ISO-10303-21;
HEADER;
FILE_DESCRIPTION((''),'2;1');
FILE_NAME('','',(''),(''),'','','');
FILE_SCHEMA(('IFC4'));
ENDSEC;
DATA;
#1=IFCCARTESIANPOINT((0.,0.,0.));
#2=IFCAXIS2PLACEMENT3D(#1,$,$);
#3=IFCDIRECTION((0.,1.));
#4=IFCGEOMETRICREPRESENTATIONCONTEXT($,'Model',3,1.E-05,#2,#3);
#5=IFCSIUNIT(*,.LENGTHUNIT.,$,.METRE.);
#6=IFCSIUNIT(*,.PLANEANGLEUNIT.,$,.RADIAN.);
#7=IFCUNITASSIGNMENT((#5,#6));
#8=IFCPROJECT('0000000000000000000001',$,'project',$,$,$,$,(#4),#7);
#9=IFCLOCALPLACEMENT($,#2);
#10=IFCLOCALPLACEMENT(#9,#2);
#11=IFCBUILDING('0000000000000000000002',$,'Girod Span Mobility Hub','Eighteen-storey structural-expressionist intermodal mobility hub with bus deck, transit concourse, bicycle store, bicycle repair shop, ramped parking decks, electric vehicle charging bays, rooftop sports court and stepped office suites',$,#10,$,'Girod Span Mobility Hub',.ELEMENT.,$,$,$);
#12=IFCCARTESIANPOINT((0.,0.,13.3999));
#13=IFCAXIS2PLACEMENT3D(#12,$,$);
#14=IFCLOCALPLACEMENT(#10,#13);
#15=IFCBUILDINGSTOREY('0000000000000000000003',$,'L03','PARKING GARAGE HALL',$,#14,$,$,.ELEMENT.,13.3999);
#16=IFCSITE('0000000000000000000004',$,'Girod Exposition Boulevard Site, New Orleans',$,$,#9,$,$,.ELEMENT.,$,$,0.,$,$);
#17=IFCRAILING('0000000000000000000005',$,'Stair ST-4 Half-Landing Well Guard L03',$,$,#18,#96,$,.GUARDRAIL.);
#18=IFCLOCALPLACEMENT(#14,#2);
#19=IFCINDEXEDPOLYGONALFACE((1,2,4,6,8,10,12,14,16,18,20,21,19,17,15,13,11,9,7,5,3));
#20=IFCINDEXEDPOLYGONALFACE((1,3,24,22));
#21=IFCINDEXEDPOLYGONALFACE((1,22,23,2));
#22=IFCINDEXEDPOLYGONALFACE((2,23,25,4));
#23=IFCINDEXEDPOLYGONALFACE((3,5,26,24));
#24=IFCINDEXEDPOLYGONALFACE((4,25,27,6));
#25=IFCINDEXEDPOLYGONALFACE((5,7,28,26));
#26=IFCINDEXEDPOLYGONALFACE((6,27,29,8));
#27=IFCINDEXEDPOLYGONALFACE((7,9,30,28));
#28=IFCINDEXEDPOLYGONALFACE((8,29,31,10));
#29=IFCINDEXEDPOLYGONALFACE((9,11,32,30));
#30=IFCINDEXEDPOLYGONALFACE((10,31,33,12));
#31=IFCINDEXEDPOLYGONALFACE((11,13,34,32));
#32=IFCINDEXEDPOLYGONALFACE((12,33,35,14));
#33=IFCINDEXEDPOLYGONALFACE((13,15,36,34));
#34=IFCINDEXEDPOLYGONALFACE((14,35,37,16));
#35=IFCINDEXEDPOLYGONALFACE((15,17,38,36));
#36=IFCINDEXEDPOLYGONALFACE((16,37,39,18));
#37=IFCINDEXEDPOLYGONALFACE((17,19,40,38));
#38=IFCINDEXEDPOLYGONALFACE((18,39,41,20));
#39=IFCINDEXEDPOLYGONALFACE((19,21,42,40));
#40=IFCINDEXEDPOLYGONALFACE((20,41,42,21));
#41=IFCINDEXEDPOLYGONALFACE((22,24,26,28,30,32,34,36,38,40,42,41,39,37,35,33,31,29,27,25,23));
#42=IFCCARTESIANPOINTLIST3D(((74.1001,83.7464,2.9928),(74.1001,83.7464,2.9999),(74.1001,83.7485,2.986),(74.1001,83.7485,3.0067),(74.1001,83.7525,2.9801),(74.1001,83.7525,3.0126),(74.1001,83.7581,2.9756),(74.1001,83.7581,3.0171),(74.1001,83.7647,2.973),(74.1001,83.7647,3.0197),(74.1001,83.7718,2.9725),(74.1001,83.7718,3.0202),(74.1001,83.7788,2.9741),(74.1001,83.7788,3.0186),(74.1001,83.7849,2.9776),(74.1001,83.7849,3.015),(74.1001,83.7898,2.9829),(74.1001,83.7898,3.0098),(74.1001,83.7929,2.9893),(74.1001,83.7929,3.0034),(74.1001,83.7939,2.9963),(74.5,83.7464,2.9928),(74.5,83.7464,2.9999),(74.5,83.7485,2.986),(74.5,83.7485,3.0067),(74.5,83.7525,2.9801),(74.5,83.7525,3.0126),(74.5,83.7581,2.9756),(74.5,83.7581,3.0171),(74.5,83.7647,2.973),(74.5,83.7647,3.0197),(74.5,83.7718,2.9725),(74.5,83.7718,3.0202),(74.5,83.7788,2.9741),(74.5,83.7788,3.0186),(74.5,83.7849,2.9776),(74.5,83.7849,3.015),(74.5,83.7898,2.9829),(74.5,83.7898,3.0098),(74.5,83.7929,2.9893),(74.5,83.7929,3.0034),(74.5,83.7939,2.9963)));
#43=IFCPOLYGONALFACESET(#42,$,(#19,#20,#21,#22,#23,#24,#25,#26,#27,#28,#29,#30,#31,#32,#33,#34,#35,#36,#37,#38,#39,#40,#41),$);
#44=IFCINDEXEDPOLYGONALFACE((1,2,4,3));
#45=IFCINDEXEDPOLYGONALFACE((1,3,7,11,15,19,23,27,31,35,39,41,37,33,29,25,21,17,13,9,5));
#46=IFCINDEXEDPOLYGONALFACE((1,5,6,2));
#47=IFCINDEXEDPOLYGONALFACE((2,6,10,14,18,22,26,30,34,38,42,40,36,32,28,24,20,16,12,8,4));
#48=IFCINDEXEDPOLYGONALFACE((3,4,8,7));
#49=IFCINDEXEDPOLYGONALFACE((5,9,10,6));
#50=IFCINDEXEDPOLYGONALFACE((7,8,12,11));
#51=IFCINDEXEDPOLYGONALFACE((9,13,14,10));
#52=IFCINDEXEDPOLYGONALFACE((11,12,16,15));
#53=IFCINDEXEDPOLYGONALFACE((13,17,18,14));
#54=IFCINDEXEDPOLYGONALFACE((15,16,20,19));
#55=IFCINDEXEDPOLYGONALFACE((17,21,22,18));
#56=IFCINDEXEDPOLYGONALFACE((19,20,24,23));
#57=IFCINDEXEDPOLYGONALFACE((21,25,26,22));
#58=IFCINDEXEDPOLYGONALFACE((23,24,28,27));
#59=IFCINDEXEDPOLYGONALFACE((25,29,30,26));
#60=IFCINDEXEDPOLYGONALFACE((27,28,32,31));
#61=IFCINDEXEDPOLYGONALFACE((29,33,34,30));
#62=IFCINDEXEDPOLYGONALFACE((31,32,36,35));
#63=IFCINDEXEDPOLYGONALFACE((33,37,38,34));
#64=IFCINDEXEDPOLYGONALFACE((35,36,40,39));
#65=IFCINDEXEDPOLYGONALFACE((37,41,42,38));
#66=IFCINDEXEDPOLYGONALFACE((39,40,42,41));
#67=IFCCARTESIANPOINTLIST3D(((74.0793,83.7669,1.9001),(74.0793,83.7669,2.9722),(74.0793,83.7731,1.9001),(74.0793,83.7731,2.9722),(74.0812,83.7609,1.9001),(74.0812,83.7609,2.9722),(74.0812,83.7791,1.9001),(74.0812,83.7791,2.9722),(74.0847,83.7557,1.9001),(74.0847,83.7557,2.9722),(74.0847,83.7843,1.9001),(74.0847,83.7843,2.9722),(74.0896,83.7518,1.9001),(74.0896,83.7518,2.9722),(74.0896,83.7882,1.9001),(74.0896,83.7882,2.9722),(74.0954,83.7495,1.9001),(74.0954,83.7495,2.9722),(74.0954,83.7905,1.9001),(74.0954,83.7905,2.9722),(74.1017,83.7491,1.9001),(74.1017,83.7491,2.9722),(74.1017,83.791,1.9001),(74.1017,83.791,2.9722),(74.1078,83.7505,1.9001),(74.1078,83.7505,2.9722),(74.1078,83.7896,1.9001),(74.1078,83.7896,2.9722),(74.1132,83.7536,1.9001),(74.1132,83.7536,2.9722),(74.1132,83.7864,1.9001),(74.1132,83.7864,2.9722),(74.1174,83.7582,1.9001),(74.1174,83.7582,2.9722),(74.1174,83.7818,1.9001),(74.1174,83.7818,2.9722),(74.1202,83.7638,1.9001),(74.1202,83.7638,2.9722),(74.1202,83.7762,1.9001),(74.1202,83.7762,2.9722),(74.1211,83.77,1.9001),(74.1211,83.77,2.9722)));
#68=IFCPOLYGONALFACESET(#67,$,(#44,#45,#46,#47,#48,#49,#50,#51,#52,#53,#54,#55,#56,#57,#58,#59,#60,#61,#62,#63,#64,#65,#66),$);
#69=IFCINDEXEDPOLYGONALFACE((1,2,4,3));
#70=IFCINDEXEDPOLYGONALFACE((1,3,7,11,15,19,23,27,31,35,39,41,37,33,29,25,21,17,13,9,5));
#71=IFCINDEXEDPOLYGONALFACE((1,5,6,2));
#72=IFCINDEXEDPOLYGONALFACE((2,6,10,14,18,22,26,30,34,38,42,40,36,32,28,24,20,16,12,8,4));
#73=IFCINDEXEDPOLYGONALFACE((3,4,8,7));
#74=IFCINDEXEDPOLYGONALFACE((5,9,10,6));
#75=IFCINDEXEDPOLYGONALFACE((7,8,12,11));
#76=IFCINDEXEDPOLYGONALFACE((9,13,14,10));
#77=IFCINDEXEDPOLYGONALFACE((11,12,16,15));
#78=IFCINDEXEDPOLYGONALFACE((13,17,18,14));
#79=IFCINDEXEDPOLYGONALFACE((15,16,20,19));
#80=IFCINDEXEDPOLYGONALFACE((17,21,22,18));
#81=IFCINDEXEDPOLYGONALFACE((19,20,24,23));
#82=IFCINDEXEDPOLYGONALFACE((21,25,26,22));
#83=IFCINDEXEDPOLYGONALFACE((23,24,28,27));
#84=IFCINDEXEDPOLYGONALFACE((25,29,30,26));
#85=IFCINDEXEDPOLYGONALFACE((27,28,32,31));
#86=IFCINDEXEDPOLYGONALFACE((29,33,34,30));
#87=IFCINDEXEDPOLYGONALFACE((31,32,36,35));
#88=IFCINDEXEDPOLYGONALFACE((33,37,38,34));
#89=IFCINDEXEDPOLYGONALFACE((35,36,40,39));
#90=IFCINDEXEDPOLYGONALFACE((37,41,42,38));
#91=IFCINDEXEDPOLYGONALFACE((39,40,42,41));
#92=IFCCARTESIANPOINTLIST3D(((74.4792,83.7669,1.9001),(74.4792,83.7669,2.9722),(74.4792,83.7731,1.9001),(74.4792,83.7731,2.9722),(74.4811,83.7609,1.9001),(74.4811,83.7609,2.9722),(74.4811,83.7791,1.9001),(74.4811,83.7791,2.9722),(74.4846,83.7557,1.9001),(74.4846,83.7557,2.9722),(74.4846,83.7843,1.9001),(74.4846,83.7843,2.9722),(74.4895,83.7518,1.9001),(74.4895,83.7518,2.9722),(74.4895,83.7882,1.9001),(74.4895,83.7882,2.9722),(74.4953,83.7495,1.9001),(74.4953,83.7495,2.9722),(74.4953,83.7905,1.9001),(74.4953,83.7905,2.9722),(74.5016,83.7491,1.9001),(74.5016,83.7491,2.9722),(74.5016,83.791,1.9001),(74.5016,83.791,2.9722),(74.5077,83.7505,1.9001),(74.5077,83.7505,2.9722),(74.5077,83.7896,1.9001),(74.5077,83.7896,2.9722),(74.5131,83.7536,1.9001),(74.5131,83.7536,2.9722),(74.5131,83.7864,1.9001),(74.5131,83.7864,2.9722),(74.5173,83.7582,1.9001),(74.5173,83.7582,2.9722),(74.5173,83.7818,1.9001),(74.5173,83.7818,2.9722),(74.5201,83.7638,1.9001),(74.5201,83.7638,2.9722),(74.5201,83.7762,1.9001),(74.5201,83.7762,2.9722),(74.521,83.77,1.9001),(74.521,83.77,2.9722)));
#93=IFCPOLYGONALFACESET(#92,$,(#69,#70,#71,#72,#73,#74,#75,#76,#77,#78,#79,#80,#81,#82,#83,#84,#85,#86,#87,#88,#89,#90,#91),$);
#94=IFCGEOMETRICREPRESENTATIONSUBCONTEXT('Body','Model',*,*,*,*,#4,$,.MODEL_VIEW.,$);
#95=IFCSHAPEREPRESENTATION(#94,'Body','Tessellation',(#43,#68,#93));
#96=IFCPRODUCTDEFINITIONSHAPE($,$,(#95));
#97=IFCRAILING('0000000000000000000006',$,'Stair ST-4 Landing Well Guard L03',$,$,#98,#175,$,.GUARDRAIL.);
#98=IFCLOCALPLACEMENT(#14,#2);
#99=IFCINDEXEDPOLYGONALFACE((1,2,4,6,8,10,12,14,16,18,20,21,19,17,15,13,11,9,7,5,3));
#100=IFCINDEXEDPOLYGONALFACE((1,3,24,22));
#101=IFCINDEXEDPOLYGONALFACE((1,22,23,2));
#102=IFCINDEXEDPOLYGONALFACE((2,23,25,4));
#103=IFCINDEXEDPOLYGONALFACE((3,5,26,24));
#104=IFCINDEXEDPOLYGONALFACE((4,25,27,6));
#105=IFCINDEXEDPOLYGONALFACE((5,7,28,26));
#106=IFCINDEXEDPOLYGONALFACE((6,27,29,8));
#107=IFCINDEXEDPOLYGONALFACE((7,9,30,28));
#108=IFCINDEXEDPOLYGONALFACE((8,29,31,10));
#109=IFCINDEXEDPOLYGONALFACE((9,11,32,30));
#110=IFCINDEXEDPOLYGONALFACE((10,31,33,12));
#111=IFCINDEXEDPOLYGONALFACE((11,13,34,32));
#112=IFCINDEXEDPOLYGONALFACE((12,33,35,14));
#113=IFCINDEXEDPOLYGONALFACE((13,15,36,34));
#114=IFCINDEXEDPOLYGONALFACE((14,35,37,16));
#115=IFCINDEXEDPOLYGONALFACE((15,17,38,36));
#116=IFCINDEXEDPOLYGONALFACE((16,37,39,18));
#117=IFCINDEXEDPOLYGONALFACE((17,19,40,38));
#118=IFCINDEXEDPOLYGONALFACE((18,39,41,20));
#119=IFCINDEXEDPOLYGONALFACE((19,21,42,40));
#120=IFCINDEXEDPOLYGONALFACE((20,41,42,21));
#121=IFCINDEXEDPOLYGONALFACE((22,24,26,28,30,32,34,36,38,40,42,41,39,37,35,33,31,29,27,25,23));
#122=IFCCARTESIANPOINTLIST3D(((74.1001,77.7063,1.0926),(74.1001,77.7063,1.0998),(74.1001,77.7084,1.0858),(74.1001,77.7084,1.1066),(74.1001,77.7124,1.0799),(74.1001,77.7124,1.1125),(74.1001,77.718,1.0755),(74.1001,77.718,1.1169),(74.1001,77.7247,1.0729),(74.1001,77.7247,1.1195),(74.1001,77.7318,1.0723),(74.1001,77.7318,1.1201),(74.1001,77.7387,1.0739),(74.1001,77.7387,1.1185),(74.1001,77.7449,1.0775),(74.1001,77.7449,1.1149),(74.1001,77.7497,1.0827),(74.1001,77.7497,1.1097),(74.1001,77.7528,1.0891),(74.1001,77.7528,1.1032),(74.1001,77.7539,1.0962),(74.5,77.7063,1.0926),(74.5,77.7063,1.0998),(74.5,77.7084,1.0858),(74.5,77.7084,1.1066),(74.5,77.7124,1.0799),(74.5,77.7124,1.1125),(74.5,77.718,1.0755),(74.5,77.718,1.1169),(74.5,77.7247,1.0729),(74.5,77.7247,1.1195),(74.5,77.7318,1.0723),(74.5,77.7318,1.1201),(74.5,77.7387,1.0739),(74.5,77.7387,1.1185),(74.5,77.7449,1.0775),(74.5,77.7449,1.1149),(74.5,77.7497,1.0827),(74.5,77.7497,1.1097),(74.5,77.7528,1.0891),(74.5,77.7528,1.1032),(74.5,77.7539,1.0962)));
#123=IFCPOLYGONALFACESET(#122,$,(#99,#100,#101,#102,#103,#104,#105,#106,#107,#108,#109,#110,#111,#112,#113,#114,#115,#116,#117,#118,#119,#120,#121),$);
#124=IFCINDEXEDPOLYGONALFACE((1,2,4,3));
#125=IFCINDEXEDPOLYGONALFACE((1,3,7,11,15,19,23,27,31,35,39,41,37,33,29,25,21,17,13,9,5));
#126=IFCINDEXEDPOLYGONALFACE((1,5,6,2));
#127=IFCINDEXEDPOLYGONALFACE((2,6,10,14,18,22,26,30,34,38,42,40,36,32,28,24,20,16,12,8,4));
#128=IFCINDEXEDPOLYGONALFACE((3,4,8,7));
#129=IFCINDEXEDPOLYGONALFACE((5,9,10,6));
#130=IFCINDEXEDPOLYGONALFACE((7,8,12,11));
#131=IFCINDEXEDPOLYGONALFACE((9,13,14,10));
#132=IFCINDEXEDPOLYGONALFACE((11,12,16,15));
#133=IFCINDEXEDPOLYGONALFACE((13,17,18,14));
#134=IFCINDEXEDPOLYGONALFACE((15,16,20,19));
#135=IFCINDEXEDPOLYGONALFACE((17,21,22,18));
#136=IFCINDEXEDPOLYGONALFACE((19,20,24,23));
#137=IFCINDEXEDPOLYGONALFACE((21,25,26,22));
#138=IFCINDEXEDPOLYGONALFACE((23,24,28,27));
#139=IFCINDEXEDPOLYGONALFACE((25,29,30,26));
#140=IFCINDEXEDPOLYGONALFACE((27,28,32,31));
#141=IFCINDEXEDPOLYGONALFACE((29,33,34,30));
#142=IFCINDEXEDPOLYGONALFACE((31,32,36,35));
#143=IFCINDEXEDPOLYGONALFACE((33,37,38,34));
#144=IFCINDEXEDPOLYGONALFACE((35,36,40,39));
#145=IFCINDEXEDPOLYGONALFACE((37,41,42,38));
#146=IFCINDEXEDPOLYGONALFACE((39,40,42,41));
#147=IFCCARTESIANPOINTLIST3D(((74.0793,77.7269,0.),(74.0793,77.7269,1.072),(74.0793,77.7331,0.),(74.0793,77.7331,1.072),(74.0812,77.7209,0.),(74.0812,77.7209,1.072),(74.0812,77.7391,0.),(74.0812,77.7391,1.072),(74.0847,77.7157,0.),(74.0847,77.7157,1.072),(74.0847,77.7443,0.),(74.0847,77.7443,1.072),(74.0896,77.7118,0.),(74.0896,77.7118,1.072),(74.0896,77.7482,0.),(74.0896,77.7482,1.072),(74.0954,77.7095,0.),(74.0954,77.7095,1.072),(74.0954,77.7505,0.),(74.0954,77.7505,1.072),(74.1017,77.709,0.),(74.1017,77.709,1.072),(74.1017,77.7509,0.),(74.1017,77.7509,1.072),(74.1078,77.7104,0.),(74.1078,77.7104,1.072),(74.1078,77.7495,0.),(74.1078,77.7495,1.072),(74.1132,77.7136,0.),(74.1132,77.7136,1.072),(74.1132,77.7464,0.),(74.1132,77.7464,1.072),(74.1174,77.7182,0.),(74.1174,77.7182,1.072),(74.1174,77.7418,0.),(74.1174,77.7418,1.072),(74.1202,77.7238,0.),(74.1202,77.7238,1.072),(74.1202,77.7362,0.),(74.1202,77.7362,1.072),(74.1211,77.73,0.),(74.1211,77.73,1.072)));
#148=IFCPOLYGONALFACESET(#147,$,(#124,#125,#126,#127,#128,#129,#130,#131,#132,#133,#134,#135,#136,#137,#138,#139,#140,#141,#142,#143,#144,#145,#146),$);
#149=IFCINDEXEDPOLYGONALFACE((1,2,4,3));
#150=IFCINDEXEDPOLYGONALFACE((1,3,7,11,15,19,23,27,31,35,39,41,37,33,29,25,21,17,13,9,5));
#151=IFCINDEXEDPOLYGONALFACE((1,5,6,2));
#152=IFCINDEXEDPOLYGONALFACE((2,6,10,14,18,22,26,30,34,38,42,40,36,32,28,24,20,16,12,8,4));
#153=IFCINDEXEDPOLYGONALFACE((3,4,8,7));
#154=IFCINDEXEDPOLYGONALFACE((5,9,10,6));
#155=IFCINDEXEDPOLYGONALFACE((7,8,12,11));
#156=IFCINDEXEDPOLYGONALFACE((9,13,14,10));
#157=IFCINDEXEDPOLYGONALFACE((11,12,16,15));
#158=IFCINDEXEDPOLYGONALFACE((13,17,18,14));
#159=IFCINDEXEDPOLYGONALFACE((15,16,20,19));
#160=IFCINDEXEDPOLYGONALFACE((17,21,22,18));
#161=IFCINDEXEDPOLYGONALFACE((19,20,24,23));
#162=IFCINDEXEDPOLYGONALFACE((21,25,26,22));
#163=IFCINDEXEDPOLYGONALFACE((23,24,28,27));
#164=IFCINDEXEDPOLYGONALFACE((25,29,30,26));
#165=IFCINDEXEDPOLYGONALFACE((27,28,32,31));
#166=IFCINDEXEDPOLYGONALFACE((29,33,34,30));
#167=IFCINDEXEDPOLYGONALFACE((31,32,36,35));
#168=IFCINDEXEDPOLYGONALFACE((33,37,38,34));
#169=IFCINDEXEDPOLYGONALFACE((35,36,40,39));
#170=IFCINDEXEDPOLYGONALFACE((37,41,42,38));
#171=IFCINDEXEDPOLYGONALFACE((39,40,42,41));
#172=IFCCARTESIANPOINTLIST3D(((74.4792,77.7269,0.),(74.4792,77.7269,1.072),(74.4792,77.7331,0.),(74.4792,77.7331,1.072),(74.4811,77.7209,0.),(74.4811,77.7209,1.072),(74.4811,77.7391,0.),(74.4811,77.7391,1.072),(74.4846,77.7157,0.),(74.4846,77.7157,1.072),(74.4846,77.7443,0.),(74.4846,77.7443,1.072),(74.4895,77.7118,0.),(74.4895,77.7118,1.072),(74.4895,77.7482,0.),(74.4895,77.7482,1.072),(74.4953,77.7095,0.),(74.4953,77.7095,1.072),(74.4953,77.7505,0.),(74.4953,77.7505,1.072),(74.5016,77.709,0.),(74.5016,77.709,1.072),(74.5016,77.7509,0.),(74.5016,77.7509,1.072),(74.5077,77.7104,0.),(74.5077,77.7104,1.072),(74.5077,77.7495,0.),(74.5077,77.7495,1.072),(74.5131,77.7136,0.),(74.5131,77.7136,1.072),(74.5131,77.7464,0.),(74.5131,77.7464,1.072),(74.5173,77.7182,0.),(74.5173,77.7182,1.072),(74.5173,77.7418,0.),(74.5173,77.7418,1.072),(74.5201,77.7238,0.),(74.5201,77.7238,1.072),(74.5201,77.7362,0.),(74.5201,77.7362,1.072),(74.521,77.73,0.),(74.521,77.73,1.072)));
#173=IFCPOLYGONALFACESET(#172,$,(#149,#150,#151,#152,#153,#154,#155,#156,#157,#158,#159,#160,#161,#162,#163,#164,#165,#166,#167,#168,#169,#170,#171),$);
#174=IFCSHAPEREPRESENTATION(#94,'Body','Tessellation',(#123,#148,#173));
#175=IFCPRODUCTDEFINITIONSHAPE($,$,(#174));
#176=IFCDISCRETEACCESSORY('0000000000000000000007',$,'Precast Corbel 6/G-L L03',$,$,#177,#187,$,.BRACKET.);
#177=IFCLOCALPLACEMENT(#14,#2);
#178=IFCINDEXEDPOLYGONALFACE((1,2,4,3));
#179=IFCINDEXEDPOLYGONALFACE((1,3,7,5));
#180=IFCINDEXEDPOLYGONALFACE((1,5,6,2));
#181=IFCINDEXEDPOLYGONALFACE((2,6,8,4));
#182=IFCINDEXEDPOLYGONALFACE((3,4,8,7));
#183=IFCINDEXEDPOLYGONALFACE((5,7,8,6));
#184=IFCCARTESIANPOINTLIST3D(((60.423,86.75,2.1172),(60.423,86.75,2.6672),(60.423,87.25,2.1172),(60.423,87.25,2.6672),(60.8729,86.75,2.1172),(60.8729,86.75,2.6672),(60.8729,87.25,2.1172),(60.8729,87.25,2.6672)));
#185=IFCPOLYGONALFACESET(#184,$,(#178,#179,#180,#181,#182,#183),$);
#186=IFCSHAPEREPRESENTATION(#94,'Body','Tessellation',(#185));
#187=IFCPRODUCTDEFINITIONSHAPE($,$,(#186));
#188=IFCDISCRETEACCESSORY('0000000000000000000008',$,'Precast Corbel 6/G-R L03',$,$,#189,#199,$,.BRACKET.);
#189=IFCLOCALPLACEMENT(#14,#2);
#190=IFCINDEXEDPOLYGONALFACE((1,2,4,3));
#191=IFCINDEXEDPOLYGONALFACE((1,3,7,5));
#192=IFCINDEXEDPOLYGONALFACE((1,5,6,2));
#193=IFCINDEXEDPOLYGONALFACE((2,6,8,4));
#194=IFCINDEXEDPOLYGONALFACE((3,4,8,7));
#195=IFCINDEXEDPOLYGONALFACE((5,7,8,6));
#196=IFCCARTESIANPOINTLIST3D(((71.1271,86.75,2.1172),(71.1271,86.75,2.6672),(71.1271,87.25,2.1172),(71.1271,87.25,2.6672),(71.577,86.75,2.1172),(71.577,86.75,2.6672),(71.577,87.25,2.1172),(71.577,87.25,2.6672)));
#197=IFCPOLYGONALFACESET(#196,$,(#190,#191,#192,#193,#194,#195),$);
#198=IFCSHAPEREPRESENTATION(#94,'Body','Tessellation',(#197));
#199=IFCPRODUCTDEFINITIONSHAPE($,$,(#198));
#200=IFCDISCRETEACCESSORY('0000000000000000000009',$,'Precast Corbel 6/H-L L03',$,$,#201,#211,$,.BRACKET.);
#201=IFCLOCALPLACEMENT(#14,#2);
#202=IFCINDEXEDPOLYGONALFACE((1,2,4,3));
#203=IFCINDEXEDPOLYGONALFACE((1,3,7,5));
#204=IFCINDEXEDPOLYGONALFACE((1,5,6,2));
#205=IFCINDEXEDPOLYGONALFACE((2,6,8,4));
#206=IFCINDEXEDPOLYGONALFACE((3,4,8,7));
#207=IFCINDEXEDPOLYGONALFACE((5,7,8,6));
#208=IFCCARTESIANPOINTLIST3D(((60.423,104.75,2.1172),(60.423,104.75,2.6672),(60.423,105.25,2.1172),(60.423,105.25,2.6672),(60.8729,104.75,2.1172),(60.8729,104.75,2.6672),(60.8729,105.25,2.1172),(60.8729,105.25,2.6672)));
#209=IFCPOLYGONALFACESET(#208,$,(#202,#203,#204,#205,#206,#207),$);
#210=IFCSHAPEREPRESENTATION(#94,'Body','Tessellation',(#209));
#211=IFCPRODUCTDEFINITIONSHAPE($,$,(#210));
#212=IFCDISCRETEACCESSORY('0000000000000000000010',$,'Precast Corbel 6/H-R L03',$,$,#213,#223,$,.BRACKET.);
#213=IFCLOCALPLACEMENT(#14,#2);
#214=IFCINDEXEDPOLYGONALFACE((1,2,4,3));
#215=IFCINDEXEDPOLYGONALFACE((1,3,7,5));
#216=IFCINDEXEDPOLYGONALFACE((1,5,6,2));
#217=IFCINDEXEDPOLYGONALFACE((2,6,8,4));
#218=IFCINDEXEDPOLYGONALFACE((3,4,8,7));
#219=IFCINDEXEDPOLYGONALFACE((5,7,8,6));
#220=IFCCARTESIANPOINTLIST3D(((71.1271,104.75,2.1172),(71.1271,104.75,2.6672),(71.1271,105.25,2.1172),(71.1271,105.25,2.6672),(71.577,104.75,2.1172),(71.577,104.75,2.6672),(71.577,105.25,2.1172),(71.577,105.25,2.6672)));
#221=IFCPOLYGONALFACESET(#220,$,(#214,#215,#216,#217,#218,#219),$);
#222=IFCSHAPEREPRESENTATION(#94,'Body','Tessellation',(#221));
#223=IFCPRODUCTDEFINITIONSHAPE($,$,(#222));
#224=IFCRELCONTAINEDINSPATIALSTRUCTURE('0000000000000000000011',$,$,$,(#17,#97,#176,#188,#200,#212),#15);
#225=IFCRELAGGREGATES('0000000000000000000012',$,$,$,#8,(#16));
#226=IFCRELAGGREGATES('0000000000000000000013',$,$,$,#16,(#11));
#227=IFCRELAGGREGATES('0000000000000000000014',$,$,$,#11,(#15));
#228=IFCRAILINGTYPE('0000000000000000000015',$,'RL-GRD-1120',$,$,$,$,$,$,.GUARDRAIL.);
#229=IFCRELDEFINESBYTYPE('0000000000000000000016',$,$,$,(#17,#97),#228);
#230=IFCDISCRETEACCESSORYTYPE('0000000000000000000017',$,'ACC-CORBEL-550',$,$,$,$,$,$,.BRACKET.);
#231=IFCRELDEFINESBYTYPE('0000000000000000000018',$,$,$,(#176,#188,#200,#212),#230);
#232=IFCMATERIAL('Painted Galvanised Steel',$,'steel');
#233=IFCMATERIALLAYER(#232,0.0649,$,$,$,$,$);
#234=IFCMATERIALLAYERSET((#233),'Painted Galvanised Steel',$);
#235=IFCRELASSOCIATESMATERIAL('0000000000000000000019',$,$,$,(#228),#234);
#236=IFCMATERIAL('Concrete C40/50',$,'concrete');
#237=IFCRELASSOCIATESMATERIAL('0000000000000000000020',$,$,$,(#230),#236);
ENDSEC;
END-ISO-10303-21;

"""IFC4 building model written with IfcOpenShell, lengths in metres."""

from ifc_helpers import new_model, si_unit, direction, frame, origin, origin_2d, place, context, subcontext, project, spatial, rectangle, circle, extrude, material, layer, layer_set, type_object, element, save


model = new_model("IFC4")

# Units and contexts
model_context = context("Model", 3, precision=1e-05, world=origin(), true_north=direction((0.0, 1.0)))
body_context = subcontext(model_context, "Body", "Model", "MODEL_VIEW")
ifc_project = project(units=[si_unit("LENGTHUNIT", "METRE"), si_unit("PLANEANGLEUNIT", "RADIAN")], contexts=[model_context])

# Site, building, storey
site_placement = place(None, origin())
site = spatial("IfcSite", under=ifc_project, at=site_placement, Name="Girod Exposition Boulevard Site, New Orleans", CompositionType="ELEMENT", RefElevation=0.0)
building_placement = place(site_placement, origin())
building = spatial("IfcBuilding", under=site, at=building_placement, Name="Girod Span Mobility Hub", Description="Eighteen-storey structural-expressionist intermodal mobility hub with bus deck, transit concourse, bicycle store, bicycle repair shop, ramped parking decks, electric vehicle charging bays, rooftop sports court and stepped office suites", LongName="Girod Span Mobility Hub", CompositionType="ELEMENT")
storey_placement = place(building_placement, frame((0.0, 0.0, 13.3999)))
storey = spatial("IfcBuildingStorey", under=building, at=storey_placement, Name="L03", Description="PARKING GARAGE HALL", CompositionType="ELEMENT", Elevation=13.3999)

# Railings
ifc_material_1 = material(Name="Painted Galvanised Steel", Category="steel")
ifc_layer_1 = layer(ifc_material_1, 0.0649)
ifc_layer_set_1 = layer_set([ifc_layer_1], Name="Painted Galvanised Steel")
railing_type_1 = type_object("IfcRailingType", Name="RL-GRD-1120", PredefinedType="GUARDRAIL", material=ifc_layer_set_1)
for number, where, name in (
    (1, (74.1001, 83.77, 1.9001), "Stair ST-4 Half-Landing Well Guard L03"),
    (2, (74.1001, 77.73, 0.0), "Stair ST-4 Landing Well Guard L03"),
):
    element("IfcRailing", number, at=place(storey_placement, frame(where)), inside=storey, type_object=railing_type_1, Name=name, PredefinedType="GUARDRAIL", context=body_context, shape_type="SweptSolid", body=[
        extrude(circle(Radius=0.0239, at=origin_2d()), frame((0.0, 0.0, 1.0962), z_axis=(1.0, 0.0, 0.0), x_axis=(0.0, 1.0, 0.0)), (0.0, 0.0, 1.0), 0.3999),
        extrude(circle(Radius=0.021, at=origin_2d()), origin(), (0.0, 0.0, 1.0), 1.072),
        extrude(circle(Radius=0.021, at=origin_2d()), frame((0.3999, 0.0, 0.0)), (0.0, 0.0, 1.0), 1.072),
    ])

# Discrete accessories
ifc_material_2 = material(Name="Concrete C40/50", Category="concrete")
discrete_accessory_type = type_object("IfcDiscreteAccessoryType", Name="ACC-CORBEL-550", PredefinedType="BRACKET", material=ifc_material_2)
for number, where, z_axis, x_axis, name in (
    (3, (60.6479, 87.0, 2.1172), (0.0, 0.0, 1.0), (1.0, 0.0, 0.0), "Precast Corbel 6/G-L L03"),
    (4, (71.3521, 87.0, 2.1172), (0.0, 0.0, 1.0), (1.0, 0.0, 0.0), "Precast Corbel 6/G-R L03"),
    (5, (60.6479, 105.0, 2.1172), (0.0, 0.0, 1.0), (1.0, 0.0, 0.0), "Precast Corbel 6/H-L L03"),
    (6, (71.3521, 105.0, 2.1172), (0.0, 0.0, 1.0), (1.0, 0.0, 0.0), "Precast Corbel 6/H-R L03"),
):
    element("IfcDiscreteAccessory", number, at=place(storey_placement, frame(where, z_axis=z_axis, x_axis=x_axis)), inside=storey, type_object=discrete_accessory_type, Name=name, PredefinedType="BRACKET", context=body_context, shape_type="SweptSolid", body=[
        extrude(rectangle(XDim=0.45, YDim=0.5, at=origin_2d()), origin(), (0.0, 0.0, 1.0), 0.55),
    ])

save(model, "model.ifc")
